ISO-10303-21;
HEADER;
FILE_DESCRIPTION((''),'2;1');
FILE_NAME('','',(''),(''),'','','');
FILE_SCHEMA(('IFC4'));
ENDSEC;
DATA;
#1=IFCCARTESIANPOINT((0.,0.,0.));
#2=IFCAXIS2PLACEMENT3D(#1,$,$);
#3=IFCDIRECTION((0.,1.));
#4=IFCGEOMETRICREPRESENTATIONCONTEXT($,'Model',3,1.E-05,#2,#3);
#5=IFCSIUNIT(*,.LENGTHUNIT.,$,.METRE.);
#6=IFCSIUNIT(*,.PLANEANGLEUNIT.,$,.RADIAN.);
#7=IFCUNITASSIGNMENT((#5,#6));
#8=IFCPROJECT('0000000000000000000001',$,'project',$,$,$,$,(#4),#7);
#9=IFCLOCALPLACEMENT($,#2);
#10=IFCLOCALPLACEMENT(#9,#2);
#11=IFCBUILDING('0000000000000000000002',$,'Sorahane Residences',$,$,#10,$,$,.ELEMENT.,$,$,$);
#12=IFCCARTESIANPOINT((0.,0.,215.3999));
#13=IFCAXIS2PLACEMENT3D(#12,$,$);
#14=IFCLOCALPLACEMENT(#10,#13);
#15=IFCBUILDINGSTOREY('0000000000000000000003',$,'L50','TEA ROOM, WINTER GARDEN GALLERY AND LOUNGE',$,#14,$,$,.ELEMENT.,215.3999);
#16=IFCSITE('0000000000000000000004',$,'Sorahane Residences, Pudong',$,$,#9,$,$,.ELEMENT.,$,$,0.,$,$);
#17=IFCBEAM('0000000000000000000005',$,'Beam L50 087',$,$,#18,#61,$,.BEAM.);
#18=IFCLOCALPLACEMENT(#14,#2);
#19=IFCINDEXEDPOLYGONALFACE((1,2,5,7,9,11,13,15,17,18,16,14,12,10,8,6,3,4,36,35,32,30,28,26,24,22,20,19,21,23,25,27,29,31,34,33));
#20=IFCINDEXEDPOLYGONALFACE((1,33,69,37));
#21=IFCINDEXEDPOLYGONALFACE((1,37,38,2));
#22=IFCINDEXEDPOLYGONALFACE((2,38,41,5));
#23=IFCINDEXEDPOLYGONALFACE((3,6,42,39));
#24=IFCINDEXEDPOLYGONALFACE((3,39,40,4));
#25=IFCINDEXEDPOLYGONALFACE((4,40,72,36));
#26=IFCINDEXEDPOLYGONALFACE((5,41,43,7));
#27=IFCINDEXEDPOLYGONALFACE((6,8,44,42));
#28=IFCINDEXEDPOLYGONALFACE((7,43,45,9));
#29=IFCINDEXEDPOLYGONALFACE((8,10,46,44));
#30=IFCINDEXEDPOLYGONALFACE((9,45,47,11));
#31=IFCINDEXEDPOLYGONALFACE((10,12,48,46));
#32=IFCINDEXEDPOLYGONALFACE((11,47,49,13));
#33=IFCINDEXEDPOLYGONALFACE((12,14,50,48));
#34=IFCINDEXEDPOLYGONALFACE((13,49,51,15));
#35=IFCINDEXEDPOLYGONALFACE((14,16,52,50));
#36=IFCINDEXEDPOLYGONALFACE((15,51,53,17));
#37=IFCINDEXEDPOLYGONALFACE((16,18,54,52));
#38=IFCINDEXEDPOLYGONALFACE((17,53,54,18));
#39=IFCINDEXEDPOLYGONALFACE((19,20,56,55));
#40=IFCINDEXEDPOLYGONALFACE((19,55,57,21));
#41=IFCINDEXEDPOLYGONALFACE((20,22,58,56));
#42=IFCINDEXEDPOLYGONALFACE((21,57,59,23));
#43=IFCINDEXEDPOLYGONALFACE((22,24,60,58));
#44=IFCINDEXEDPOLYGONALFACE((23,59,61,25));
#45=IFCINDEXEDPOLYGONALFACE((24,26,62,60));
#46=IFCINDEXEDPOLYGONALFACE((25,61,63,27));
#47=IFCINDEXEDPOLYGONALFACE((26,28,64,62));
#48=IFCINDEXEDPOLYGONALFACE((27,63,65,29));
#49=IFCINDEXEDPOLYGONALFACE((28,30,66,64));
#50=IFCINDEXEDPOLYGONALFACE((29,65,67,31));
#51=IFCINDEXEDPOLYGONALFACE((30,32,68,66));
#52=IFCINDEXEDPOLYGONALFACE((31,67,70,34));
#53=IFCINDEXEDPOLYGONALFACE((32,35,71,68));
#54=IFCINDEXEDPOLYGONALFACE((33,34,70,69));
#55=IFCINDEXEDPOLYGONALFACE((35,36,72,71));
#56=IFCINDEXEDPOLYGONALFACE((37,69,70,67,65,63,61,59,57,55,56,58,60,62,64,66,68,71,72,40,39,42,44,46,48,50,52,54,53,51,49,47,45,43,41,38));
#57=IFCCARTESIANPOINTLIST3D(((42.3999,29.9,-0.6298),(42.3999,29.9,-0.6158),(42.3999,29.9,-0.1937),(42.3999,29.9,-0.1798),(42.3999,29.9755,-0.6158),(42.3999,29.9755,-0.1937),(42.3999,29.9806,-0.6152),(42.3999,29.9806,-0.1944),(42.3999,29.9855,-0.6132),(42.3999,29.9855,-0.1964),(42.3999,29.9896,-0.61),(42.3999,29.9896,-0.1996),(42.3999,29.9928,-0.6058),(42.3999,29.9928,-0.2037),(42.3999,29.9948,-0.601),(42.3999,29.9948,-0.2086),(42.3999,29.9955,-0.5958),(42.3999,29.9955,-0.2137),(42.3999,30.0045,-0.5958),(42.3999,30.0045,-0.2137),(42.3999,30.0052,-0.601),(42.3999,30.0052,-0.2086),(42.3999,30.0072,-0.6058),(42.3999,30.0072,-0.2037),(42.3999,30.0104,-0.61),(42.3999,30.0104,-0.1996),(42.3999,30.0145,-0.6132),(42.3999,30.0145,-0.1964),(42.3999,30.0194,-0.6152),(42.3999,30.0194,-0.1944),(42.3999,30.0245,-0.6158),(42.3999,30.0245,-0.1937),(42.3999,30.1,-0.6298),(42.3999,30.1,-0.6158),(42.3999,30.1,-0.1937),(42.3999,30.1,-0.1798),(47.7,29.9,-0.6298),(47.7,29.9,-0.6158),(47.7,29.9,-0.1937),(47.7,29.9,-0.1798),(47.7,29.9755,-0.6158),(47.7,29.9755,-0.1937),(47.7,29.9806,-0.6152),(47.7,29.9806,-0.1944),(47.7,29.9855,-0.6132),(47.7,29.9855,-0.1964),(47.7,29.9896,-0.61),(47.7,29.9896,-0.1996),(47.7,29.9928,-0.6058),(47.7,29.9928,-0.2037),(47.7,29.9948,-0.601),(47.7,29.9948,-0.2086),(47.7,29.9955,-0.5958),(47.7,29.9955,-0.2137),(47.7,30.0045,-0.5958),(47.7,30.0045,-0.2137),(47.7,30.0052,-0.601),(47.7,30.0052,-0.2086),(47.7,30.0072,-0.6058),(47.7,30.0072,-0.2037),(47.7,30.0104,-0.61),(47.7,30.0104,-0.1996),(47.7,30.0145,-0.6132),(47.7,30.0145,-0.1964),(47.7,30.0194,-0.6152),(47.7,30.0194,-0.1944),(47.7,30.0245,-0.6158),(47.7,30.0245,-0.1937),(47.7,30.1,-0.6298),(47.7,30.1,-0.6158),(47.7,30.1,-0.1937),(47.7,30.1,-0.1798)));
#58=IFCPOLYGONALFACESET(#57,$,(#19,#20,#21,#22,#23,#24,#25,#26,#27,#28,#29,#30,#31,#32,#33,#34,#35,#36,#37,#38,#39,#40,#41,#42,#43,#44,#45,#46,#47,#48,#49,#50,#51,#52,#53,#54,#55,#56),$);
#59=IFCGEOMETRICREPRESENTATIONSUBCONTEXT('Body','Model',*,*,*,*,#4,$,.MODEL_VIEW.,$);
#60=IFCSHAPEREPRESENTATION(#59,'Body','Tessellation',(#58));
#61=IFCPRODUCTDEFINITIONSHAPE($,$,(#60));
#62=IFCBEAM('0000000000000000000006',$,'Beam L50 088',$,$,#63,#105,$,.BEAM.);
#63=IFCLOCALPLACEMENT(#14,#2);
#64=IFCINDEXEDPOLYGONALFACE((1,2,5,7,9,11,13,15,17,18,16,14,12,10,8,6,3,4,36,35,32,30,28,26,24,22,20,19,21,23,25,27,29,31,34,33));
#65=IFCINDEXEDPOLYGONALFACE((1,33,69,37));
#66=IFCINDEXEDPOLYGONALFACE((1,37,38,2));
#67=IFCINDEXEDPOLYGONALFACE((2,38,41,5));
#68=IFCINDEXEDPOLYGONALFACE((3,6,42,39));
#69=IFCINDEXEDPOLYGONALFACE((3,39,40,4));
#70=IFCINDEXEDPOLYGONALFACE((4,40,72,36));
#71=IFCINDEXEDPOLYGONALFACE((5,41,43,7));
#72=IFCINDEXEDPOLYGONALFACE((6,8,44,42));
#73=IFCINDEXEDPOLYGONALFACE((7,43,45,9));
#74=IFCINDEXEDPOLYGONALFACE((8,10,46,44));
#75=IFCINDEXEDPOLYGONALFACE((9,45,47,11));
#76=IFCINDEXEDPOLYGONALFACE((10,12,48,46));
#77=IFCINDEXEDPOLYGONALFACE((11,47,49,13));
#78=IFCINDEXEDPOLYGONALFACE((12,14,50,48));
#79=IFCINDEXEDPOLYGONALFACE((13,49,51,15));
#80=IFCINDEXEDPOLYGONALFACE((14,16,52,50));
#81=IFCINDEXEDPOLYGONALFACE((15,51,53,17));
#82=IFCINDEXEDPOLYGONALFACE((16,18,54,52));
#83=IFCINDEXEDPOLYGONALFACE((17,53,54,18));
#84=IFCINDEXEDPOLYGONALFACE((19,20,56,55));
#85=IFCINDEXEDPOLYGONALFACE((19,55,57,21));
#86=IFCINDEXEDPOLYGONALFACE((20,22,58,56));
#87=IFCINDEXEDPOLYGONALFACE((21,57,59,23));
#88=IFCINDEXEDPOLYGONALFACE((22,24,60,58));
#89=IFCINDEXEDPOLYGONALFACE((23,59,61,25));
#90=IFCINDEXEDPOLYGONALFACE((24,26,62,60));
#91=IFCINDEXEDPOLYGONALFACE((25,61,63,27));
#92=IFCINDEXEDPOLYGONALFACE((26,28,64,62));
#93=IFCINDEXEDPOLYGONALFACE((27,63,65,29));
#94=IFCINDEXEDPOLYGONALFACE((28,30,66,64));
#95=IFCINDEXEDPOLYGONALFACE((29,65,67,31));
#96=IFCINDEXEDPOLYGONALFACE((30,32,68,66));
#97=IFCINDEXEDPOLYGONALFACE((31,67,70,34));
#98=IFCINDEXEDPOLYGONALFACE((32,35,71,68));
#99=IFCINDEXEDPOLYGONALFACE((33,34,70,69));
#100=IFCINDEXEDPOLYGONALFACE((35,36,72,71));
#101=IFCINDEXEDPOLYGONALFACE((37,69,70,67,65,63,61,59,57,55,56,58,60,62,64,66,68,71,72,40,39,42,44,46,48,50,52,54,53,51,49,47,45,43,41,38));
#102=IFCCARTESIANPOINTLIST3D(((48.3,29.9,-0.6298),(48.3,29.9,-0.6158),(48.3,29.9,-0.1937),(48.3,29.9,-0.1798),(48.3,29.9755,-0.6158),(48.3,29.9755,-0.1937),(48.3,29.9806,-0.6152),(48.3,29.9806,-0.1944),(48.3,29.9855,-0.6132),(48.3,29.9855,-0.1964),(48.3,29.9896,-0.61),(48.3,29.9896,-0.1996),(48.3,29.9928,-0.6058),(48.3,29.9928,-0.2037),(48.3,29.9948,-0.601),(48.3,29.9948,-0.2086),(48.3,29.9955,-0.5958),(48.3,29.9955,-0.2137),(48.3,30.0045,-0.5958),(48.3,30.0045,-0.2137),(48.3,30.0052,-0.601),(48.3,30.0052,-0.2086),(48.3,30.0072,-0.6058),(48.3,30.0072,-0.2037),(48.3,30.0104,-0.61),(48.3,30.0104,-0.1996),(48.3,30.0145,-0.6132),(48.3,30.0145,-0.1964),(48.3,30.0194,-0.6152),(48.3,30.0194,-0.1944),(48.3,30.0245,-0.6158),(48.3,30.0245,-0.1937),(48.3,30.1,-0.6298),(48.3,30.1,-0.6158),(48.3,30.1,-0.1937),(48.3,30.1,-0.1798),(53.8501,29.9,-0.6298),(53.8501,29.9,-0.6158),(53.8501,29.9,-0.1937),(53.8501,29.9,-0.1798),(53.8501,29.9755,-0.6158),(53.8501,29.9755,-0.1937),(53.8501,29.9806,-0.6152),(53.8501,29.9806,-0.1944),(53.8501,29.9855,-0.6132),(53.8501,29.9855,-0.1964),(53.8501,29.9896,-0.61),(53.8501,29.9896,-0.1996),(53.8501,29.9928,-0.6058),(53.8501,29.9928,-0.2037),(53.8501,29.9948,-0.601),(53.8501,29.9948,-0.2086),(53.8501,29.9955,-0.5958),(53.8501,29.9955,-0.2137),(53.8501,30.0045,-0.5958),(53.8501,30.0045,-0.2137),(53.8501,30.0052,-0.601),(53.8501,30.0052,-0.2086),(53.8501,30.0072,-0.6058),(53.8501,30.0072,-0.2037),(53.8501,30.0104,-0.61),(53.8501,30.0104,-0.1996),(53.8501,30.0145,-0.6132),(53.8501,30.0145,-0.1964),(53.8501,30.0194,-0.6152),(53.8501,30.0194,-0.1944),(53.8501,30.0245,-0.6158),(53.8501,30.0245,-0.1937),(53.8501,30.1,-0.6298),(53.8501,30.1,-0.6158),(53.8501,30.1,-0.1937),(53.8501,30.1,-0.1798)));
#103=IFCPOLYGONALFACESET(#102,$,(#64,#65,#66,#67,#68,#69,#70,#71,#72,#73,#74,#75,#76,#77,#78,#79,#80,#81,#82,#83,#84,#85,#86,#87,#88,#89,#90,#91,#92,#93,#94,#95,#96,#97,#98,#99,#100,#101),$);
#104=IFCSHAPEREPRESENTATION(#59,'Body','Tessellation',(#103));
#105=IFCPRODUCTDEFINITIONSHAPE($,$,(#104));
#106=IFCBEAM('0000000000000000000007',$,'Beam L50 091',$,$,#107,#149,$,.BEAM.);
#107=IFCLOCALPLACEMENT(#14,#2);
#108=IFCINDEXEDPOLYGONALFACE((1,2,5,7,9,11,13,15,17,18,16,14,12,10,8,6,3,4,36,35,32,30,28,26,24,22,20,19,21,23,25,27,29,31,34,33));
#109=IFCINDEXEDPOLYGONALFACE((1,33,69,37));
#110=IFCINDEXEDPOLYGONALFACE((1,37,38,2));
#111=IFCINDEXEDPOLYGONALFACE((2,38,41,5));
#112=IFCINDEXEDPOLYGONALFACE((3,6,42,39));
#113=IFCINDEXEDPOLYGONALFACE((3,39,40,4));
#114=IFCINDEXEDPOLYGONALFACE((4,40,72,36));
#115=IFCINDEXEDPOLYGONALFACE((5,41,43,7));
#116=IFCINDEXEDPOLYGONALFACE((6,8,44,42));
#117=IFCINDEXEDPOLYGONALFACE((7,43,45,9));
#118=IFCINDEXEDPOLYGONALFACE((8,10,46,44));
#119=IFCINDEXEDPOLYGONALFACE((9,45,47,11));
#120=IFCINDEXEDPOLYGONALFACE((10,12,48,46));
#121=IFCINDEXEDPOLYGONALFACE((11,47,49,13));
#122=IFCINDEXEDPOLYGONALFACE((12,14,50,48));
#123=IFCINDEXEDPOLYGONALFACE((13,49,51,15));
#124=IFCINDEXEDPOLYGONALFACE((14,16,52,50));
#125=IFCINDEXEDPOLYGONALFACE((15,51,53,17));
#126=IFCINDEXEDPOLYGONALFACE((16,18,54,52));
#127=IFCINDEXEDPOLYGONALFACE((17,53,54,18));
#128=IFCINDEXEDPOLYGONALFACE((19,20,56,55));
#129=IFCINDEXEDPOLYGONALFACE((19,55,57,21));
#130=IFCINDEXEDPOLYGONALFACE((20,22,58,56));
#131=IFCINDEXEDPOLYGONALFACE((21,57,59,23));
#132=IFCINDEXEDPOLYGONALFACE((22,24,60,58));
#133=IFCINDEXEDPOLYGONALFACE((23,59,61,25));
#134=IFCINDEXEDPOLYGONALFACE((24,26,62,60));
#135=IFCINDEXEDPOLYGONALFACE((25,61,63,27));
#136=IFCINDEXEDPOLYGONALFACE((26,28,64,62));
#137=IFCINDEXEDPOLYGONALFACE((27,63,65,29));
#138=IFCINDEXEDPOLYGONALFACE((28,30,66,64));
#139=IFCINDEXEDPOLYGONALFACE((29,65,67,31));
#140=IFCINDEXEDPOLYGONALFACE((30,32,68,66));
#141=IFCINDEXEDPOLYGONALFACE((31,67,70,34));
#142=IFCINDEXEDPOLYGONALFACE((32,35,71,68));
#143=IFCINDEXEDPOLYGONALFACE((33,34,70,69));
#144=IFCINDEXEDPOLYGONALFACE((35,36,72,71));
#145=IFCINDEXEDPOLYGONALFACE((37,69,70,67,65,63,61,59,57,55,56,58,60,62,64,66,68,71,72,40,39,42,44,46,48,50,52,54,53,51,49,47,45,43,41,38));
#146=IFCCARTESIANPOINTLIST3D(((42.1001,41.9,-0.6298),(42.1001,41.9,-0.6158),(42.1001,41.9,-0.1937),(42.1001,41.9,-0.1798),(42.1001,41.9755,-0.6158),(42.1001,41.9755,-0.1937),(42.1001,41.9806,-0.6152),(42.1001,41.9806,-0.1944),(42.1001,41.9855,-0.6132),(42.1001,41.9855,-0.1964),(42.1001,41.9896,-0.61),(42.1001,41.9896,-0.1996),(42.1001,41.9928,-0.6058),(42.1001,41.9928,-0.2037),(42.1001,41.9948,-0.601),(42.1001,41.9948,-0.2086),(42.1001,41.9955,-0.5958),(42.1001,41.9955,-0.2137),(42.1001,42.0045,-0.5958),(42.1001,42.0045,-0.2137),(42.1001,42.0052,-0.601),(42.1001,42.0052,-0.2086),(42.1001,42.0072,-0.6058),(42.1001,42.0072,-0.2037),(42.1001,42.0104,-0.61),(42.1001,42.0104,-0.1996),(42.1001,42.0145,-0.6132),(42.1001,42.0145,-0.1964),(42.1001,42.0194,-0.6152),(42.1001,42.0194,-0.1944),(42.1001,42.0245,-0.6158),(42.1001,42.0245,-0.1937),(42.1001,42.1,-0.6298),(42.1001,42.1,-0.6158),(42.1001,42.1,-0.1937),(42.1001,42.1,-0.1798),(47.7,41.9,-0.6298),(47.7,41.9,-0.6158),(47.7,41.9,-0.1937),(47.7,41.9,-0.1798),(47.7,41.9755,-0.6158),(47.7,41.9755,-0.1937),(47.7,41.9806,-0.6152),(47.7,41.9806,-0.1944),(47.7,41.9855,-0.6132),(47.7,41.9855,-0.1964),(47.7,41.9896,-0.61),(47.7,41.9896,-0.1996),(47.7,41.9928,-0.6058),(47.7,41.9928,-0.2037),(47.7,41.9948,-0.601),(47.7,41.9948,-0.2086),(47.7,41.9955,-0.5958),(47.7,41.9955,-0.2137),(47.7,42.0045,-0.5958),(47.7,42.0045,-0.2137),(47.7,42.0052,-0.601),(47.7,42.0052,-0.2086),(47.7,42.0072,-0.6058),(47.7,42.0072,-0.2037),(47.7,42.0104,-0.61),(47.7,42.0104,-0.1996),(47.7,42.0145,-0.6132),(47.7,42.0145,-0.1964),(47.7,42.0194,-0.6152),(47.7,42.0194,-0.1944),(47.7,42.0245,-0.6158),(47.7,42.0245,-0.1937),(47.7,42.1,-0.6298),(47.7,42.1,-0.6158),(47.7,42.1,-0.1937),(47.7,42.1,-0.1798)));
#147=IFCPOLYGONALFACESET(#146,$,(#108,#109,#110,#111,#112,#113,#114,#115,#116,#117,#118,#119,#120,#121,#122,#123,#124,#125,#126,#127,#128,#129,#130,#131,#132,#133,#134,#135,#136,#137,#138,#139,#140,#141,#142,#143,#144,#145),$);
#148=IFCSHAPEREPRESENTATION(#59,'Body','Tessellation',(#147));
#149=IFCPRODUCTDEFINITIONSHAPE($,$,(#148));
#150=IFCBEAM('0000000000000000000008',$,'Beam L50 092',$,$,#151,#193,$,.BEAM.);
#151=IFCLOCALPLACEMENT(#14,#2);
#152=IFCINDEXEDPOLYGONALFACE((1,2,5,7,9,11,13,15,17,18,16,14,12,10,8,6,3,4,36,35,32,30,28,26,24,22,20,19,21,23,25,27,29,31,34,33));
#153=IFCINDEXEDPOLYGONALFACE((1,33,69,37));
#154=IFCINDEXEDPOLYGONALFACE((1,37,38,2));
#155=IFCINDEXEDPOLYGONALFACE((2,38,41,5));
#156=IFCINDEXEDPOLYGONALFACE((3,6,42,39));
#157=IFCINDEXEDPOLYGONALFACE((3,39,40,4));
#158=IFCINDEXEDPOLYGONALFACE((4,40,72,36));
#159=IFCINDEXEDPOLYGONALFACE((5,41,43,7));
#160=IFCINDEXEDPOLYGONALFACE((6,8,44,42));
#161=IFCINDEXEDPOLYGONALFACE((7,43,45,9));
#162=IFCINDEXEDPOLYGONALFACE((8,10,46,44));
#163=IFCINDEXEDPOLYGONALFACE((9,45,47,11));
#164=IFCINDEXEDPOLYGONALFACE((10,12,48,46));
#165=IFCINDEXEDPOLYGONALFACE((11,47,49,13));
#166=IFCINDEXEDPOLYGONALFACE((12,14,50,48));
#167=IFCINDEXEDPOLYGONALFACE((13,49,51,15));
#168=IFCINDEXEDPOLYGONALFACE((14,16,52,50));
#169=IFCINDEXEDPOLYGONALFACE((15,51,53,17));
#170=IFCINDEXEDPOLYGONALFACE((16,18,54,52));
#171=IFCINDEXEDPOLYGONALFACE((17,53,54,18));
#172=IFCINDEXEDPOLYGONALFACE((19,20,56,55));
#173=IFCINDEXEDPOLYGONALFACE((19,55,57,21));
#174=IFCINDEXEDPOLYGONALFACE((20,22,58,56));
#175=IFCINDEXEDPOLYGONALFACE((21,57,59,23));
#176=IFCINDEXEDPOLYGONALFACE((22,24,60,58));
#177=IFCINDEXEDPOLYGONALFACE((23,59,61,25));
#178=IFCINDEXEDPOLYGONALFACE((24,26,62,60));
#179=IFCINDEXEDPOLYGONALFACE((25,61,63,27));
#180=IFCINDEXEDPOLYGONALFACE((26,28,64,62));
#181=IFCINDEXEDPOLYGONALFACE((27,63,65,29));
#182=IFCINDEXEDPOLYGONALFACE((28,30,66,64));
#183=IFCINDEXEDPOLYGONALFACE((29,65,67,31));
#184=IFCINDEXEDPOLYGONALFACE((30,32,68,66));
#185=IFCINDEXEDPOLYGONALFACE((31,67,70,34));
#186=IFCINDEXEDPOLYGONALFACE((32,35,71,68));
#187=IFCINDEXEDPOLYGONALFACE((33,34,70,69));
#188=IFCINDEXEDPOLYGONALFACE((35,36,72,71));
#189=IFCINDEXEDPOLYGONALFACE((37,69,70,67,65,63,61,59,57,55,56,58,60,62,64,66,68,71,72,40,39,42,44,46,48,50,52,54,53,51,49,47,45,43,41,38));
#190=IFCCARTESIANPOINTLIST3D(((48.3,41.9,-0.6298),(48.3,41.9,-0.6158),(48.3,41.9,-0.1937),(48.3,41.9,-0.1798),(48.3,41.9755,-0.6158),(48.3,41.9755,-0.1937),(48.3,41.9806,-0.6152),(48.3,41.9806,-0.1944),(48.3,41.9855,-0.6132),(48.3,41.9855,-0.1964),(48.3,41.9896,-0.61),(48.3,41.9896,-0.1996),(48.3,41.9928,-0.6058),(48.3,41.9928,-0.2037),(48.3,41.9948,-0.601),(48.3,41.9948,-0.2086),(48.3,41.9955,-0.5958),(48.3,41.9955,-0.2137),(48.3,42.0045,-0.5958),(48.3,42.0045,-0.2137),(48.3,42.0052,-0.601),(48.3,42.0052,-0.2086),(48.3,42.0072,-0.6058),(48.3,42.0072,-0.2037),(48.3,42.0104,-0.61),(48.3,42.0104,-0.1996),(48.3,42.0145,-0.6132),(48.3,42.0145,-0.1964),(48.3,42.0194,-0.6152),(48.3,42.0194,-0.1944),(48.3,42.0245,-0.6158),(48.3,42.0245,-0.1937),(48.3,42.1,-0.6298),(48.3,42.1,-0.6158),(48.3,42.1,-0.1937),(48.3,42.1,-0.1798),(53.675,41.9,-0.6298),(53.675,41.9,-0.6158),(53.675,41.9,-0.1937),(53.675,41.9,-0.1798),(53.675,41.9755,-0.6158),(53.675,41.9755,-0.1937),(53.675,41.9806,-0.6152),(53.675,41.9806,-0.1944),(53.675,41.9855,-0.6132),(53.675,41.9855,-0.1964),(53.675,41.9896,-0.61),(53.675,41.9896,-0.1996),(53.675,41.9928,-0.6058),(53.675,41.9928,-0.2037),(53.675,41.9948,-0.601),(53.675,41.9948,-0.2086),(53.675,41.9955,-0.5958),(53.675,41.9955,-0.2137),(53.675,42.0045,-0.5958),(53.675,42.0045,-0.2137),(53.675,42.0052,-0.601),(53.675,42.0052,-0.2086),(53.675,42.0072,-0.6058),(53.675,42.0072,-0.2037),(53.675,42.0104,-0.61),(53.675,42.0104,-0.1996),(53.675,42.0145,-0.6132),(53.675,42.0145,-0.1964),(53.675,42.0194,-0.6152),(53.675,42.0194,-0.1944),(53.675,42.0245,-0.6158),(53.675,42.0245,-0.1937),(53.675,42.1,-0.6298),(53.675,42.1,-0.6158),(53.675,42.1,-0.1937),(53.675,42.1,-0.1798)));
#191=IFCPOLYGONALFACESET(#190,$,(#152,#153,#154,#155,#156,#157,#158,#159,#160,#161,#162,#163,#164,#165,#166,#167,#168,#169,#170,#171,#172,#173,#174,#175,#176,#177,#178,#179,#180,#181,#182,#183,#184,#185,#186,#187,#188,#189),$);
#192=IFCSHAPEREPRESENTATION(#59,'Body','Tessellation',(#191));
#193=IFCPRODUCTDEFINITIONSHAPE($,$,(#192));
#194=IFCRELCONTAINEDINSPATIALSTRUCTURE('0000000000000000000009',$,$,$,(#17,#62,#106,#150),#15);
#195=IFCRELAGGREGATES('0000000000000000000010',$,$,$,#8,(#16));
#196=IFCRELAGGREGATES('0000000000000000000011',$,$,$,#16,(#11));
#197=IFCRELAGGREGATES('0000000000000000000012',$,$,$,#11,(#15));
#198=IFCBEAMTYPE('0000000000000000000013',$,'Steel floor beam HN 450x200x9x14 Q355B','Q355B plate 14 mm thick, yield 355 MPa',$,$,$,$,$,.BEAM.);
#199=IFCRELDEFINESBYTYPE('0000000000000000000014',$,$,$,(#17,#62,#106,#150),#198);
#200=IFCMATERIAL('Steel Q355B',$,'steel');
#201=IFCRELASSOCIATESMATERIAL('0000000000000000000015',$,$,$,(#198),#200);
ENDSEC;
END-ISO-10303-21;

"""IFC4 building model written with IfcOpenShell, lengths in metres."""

from ifc_helpers import new_model, si_unit, direction, frame, origin, origin_2d, place, context, subcontext, project, spatial, i_section, extrude, material, material_profile, profile_set, type_object, element, save


model = new_model("IFC4")

# Units and contexts
model_context = context("Model", 3, precision=1e-05, world=origin(), true_north=direction((0.0, 1.0)))
body_context = subcontext(model_context, "Body", "Model", "MODEL_VIEW")
ifc_project = project(units=[si_unit("LENGTHUNIT", "METRE"), si_unit("PLANEANGLEUNIT", "RADIAN")], contexts=[model_context])

# Site, building, storey
site_placement = place(None, origin())
site = spatial("IfcSite", under=ifc_project, at=site_placement, Name="Sorahane Residences, Pudong", CompositionType="ELEMENT", RefElevation=0.0)
building_placement = place(site_placement, origin())
building = spatial("IfcBuilding", under=site, at=building_placement, Name="Sorahane Residences", CompositionType="ELEMENT")
storey_placement = place(building_placement, frame((0.0, 0.0, 215.3999)))
storey = spatial("IfcBuildingStorey", under=building, at=storey_placement, Name="L50", Description="TEA ROOM, WINTER GARDEN GALLERY AND LOUNGE", CompositionType="ELEMENT", Elevation=215.3999)

# Beams
ifc_material_1 = material(Name="Steel Q355B", Category="steel")
ifc_material_profile_1 = material_profile(ifc_material_1, i_section(OverallWidth=0.2, OverallDepth=0.45, WebThickness=0.009, FlangeThickness=0.0139, FilletRadius=0.02, at=origin_2d()), Name="HN 450x200x9x14")
ifc_profile_set_1 = profile_set([ifc_material_profile_1], Name="Steel Q355B")
beam_type_1 = type_object("IfcBeamType", Name="Steel floor beam HN 450x200x9x14 Q355B", Description="Q355B plate 14 mm thick, yield 355 MPa", PredefinedType="BEAM", material=ifc_profile_set_1)
beam_1_placement = place(storey_placement, frame((42.3999, 30.0, -0.4048), z_axis=(1.0, 0.0, 0.0), x_axis=(0.0, 1.0, 0.0)))
element("IfcBeam", 1, at=beam_1_placement, inside=storey, type_object=beam_type_1, Name="Beam L50 087", PredefinedType="BEAM", context=body_context, shape_type="SweptSolid", body=[
    extrude(i_section(OverallWidth=0.2, OverallDepth=0.45, WebThickness=0.009, FlangeThickness=0.0139, FilletRadius=0.02, at=origin_2d()), origin(), (0.0, 0.0, 1.0), 5.3),
])
beam_2_placement = place(storey_placement, frame((48.3, 30.0, -0.4048), z_axis=(1.0, 0.0, 0.0), x_axis=(0.0, 1.0, 0.0)))
element("IfcBeam", 2, at=beam_2_placement, inside=storey, type_object=beam_type_1, Name="Beam L50 088", PredefinedType="BEAM", context=body_context, shape_type="SweptSolid", body=[
    extrude(i_section(OverallWidth=0.2, OverallDepth=0.45, WebThickness=0.009, FlangeThickness=0.0139, FilletRadius=0.02, at=origin_2d()), origin(), (0.0, 0.0, 1.0), 5.55),
])
beam_3_placement = place(storey_placement, frame((42.1001, 42.0, -0.4048), z_axis=(1.0, 0.0, 0.0), x_axis=(0.0, 1.0, 0.0)))
element("IfcBeam", 3, at=beam_3_placement, inside=storey, type_object=beam_type_1, Name="Beam L50 091", PredefinedType="BEAM", context=body_context, shape_type="SweptSolid", body=[
    extrude(i_section(OverallWidth=0.2, OverallDepth=0.45, WebThickness=0.009, FlangeThickness=0.0139, FilletRadius=0.02, at=origin_2d()), origin(), (0.0, 0.0, 1.0), 5.5999),
])
beam_4_placement = place(storey_placement, frame((48.3, 42.0, -0.4048), z_axis=(1.0, 0.0, 0.0), x_axis=(0.0, 1.0, 0.0)))
element("IfcBeam", 4, at=beam_4_placement, inside=storey, type_object=beam_type_1, Name="Beam L50 092", PredefinedType="BEAM", context=body_context, shape_type="SweptSolid", body=[
    extrude(i_section(OverallWidth=0.2, OverallDepth=0.45, WebThickness=0.009, FlangeThickness=0.0139, FilletRadius=0.02, at=origin_2d()), origin(), (0.0, 0.0, 1.0), 5.375),
])

save(model, "model.ifc")
